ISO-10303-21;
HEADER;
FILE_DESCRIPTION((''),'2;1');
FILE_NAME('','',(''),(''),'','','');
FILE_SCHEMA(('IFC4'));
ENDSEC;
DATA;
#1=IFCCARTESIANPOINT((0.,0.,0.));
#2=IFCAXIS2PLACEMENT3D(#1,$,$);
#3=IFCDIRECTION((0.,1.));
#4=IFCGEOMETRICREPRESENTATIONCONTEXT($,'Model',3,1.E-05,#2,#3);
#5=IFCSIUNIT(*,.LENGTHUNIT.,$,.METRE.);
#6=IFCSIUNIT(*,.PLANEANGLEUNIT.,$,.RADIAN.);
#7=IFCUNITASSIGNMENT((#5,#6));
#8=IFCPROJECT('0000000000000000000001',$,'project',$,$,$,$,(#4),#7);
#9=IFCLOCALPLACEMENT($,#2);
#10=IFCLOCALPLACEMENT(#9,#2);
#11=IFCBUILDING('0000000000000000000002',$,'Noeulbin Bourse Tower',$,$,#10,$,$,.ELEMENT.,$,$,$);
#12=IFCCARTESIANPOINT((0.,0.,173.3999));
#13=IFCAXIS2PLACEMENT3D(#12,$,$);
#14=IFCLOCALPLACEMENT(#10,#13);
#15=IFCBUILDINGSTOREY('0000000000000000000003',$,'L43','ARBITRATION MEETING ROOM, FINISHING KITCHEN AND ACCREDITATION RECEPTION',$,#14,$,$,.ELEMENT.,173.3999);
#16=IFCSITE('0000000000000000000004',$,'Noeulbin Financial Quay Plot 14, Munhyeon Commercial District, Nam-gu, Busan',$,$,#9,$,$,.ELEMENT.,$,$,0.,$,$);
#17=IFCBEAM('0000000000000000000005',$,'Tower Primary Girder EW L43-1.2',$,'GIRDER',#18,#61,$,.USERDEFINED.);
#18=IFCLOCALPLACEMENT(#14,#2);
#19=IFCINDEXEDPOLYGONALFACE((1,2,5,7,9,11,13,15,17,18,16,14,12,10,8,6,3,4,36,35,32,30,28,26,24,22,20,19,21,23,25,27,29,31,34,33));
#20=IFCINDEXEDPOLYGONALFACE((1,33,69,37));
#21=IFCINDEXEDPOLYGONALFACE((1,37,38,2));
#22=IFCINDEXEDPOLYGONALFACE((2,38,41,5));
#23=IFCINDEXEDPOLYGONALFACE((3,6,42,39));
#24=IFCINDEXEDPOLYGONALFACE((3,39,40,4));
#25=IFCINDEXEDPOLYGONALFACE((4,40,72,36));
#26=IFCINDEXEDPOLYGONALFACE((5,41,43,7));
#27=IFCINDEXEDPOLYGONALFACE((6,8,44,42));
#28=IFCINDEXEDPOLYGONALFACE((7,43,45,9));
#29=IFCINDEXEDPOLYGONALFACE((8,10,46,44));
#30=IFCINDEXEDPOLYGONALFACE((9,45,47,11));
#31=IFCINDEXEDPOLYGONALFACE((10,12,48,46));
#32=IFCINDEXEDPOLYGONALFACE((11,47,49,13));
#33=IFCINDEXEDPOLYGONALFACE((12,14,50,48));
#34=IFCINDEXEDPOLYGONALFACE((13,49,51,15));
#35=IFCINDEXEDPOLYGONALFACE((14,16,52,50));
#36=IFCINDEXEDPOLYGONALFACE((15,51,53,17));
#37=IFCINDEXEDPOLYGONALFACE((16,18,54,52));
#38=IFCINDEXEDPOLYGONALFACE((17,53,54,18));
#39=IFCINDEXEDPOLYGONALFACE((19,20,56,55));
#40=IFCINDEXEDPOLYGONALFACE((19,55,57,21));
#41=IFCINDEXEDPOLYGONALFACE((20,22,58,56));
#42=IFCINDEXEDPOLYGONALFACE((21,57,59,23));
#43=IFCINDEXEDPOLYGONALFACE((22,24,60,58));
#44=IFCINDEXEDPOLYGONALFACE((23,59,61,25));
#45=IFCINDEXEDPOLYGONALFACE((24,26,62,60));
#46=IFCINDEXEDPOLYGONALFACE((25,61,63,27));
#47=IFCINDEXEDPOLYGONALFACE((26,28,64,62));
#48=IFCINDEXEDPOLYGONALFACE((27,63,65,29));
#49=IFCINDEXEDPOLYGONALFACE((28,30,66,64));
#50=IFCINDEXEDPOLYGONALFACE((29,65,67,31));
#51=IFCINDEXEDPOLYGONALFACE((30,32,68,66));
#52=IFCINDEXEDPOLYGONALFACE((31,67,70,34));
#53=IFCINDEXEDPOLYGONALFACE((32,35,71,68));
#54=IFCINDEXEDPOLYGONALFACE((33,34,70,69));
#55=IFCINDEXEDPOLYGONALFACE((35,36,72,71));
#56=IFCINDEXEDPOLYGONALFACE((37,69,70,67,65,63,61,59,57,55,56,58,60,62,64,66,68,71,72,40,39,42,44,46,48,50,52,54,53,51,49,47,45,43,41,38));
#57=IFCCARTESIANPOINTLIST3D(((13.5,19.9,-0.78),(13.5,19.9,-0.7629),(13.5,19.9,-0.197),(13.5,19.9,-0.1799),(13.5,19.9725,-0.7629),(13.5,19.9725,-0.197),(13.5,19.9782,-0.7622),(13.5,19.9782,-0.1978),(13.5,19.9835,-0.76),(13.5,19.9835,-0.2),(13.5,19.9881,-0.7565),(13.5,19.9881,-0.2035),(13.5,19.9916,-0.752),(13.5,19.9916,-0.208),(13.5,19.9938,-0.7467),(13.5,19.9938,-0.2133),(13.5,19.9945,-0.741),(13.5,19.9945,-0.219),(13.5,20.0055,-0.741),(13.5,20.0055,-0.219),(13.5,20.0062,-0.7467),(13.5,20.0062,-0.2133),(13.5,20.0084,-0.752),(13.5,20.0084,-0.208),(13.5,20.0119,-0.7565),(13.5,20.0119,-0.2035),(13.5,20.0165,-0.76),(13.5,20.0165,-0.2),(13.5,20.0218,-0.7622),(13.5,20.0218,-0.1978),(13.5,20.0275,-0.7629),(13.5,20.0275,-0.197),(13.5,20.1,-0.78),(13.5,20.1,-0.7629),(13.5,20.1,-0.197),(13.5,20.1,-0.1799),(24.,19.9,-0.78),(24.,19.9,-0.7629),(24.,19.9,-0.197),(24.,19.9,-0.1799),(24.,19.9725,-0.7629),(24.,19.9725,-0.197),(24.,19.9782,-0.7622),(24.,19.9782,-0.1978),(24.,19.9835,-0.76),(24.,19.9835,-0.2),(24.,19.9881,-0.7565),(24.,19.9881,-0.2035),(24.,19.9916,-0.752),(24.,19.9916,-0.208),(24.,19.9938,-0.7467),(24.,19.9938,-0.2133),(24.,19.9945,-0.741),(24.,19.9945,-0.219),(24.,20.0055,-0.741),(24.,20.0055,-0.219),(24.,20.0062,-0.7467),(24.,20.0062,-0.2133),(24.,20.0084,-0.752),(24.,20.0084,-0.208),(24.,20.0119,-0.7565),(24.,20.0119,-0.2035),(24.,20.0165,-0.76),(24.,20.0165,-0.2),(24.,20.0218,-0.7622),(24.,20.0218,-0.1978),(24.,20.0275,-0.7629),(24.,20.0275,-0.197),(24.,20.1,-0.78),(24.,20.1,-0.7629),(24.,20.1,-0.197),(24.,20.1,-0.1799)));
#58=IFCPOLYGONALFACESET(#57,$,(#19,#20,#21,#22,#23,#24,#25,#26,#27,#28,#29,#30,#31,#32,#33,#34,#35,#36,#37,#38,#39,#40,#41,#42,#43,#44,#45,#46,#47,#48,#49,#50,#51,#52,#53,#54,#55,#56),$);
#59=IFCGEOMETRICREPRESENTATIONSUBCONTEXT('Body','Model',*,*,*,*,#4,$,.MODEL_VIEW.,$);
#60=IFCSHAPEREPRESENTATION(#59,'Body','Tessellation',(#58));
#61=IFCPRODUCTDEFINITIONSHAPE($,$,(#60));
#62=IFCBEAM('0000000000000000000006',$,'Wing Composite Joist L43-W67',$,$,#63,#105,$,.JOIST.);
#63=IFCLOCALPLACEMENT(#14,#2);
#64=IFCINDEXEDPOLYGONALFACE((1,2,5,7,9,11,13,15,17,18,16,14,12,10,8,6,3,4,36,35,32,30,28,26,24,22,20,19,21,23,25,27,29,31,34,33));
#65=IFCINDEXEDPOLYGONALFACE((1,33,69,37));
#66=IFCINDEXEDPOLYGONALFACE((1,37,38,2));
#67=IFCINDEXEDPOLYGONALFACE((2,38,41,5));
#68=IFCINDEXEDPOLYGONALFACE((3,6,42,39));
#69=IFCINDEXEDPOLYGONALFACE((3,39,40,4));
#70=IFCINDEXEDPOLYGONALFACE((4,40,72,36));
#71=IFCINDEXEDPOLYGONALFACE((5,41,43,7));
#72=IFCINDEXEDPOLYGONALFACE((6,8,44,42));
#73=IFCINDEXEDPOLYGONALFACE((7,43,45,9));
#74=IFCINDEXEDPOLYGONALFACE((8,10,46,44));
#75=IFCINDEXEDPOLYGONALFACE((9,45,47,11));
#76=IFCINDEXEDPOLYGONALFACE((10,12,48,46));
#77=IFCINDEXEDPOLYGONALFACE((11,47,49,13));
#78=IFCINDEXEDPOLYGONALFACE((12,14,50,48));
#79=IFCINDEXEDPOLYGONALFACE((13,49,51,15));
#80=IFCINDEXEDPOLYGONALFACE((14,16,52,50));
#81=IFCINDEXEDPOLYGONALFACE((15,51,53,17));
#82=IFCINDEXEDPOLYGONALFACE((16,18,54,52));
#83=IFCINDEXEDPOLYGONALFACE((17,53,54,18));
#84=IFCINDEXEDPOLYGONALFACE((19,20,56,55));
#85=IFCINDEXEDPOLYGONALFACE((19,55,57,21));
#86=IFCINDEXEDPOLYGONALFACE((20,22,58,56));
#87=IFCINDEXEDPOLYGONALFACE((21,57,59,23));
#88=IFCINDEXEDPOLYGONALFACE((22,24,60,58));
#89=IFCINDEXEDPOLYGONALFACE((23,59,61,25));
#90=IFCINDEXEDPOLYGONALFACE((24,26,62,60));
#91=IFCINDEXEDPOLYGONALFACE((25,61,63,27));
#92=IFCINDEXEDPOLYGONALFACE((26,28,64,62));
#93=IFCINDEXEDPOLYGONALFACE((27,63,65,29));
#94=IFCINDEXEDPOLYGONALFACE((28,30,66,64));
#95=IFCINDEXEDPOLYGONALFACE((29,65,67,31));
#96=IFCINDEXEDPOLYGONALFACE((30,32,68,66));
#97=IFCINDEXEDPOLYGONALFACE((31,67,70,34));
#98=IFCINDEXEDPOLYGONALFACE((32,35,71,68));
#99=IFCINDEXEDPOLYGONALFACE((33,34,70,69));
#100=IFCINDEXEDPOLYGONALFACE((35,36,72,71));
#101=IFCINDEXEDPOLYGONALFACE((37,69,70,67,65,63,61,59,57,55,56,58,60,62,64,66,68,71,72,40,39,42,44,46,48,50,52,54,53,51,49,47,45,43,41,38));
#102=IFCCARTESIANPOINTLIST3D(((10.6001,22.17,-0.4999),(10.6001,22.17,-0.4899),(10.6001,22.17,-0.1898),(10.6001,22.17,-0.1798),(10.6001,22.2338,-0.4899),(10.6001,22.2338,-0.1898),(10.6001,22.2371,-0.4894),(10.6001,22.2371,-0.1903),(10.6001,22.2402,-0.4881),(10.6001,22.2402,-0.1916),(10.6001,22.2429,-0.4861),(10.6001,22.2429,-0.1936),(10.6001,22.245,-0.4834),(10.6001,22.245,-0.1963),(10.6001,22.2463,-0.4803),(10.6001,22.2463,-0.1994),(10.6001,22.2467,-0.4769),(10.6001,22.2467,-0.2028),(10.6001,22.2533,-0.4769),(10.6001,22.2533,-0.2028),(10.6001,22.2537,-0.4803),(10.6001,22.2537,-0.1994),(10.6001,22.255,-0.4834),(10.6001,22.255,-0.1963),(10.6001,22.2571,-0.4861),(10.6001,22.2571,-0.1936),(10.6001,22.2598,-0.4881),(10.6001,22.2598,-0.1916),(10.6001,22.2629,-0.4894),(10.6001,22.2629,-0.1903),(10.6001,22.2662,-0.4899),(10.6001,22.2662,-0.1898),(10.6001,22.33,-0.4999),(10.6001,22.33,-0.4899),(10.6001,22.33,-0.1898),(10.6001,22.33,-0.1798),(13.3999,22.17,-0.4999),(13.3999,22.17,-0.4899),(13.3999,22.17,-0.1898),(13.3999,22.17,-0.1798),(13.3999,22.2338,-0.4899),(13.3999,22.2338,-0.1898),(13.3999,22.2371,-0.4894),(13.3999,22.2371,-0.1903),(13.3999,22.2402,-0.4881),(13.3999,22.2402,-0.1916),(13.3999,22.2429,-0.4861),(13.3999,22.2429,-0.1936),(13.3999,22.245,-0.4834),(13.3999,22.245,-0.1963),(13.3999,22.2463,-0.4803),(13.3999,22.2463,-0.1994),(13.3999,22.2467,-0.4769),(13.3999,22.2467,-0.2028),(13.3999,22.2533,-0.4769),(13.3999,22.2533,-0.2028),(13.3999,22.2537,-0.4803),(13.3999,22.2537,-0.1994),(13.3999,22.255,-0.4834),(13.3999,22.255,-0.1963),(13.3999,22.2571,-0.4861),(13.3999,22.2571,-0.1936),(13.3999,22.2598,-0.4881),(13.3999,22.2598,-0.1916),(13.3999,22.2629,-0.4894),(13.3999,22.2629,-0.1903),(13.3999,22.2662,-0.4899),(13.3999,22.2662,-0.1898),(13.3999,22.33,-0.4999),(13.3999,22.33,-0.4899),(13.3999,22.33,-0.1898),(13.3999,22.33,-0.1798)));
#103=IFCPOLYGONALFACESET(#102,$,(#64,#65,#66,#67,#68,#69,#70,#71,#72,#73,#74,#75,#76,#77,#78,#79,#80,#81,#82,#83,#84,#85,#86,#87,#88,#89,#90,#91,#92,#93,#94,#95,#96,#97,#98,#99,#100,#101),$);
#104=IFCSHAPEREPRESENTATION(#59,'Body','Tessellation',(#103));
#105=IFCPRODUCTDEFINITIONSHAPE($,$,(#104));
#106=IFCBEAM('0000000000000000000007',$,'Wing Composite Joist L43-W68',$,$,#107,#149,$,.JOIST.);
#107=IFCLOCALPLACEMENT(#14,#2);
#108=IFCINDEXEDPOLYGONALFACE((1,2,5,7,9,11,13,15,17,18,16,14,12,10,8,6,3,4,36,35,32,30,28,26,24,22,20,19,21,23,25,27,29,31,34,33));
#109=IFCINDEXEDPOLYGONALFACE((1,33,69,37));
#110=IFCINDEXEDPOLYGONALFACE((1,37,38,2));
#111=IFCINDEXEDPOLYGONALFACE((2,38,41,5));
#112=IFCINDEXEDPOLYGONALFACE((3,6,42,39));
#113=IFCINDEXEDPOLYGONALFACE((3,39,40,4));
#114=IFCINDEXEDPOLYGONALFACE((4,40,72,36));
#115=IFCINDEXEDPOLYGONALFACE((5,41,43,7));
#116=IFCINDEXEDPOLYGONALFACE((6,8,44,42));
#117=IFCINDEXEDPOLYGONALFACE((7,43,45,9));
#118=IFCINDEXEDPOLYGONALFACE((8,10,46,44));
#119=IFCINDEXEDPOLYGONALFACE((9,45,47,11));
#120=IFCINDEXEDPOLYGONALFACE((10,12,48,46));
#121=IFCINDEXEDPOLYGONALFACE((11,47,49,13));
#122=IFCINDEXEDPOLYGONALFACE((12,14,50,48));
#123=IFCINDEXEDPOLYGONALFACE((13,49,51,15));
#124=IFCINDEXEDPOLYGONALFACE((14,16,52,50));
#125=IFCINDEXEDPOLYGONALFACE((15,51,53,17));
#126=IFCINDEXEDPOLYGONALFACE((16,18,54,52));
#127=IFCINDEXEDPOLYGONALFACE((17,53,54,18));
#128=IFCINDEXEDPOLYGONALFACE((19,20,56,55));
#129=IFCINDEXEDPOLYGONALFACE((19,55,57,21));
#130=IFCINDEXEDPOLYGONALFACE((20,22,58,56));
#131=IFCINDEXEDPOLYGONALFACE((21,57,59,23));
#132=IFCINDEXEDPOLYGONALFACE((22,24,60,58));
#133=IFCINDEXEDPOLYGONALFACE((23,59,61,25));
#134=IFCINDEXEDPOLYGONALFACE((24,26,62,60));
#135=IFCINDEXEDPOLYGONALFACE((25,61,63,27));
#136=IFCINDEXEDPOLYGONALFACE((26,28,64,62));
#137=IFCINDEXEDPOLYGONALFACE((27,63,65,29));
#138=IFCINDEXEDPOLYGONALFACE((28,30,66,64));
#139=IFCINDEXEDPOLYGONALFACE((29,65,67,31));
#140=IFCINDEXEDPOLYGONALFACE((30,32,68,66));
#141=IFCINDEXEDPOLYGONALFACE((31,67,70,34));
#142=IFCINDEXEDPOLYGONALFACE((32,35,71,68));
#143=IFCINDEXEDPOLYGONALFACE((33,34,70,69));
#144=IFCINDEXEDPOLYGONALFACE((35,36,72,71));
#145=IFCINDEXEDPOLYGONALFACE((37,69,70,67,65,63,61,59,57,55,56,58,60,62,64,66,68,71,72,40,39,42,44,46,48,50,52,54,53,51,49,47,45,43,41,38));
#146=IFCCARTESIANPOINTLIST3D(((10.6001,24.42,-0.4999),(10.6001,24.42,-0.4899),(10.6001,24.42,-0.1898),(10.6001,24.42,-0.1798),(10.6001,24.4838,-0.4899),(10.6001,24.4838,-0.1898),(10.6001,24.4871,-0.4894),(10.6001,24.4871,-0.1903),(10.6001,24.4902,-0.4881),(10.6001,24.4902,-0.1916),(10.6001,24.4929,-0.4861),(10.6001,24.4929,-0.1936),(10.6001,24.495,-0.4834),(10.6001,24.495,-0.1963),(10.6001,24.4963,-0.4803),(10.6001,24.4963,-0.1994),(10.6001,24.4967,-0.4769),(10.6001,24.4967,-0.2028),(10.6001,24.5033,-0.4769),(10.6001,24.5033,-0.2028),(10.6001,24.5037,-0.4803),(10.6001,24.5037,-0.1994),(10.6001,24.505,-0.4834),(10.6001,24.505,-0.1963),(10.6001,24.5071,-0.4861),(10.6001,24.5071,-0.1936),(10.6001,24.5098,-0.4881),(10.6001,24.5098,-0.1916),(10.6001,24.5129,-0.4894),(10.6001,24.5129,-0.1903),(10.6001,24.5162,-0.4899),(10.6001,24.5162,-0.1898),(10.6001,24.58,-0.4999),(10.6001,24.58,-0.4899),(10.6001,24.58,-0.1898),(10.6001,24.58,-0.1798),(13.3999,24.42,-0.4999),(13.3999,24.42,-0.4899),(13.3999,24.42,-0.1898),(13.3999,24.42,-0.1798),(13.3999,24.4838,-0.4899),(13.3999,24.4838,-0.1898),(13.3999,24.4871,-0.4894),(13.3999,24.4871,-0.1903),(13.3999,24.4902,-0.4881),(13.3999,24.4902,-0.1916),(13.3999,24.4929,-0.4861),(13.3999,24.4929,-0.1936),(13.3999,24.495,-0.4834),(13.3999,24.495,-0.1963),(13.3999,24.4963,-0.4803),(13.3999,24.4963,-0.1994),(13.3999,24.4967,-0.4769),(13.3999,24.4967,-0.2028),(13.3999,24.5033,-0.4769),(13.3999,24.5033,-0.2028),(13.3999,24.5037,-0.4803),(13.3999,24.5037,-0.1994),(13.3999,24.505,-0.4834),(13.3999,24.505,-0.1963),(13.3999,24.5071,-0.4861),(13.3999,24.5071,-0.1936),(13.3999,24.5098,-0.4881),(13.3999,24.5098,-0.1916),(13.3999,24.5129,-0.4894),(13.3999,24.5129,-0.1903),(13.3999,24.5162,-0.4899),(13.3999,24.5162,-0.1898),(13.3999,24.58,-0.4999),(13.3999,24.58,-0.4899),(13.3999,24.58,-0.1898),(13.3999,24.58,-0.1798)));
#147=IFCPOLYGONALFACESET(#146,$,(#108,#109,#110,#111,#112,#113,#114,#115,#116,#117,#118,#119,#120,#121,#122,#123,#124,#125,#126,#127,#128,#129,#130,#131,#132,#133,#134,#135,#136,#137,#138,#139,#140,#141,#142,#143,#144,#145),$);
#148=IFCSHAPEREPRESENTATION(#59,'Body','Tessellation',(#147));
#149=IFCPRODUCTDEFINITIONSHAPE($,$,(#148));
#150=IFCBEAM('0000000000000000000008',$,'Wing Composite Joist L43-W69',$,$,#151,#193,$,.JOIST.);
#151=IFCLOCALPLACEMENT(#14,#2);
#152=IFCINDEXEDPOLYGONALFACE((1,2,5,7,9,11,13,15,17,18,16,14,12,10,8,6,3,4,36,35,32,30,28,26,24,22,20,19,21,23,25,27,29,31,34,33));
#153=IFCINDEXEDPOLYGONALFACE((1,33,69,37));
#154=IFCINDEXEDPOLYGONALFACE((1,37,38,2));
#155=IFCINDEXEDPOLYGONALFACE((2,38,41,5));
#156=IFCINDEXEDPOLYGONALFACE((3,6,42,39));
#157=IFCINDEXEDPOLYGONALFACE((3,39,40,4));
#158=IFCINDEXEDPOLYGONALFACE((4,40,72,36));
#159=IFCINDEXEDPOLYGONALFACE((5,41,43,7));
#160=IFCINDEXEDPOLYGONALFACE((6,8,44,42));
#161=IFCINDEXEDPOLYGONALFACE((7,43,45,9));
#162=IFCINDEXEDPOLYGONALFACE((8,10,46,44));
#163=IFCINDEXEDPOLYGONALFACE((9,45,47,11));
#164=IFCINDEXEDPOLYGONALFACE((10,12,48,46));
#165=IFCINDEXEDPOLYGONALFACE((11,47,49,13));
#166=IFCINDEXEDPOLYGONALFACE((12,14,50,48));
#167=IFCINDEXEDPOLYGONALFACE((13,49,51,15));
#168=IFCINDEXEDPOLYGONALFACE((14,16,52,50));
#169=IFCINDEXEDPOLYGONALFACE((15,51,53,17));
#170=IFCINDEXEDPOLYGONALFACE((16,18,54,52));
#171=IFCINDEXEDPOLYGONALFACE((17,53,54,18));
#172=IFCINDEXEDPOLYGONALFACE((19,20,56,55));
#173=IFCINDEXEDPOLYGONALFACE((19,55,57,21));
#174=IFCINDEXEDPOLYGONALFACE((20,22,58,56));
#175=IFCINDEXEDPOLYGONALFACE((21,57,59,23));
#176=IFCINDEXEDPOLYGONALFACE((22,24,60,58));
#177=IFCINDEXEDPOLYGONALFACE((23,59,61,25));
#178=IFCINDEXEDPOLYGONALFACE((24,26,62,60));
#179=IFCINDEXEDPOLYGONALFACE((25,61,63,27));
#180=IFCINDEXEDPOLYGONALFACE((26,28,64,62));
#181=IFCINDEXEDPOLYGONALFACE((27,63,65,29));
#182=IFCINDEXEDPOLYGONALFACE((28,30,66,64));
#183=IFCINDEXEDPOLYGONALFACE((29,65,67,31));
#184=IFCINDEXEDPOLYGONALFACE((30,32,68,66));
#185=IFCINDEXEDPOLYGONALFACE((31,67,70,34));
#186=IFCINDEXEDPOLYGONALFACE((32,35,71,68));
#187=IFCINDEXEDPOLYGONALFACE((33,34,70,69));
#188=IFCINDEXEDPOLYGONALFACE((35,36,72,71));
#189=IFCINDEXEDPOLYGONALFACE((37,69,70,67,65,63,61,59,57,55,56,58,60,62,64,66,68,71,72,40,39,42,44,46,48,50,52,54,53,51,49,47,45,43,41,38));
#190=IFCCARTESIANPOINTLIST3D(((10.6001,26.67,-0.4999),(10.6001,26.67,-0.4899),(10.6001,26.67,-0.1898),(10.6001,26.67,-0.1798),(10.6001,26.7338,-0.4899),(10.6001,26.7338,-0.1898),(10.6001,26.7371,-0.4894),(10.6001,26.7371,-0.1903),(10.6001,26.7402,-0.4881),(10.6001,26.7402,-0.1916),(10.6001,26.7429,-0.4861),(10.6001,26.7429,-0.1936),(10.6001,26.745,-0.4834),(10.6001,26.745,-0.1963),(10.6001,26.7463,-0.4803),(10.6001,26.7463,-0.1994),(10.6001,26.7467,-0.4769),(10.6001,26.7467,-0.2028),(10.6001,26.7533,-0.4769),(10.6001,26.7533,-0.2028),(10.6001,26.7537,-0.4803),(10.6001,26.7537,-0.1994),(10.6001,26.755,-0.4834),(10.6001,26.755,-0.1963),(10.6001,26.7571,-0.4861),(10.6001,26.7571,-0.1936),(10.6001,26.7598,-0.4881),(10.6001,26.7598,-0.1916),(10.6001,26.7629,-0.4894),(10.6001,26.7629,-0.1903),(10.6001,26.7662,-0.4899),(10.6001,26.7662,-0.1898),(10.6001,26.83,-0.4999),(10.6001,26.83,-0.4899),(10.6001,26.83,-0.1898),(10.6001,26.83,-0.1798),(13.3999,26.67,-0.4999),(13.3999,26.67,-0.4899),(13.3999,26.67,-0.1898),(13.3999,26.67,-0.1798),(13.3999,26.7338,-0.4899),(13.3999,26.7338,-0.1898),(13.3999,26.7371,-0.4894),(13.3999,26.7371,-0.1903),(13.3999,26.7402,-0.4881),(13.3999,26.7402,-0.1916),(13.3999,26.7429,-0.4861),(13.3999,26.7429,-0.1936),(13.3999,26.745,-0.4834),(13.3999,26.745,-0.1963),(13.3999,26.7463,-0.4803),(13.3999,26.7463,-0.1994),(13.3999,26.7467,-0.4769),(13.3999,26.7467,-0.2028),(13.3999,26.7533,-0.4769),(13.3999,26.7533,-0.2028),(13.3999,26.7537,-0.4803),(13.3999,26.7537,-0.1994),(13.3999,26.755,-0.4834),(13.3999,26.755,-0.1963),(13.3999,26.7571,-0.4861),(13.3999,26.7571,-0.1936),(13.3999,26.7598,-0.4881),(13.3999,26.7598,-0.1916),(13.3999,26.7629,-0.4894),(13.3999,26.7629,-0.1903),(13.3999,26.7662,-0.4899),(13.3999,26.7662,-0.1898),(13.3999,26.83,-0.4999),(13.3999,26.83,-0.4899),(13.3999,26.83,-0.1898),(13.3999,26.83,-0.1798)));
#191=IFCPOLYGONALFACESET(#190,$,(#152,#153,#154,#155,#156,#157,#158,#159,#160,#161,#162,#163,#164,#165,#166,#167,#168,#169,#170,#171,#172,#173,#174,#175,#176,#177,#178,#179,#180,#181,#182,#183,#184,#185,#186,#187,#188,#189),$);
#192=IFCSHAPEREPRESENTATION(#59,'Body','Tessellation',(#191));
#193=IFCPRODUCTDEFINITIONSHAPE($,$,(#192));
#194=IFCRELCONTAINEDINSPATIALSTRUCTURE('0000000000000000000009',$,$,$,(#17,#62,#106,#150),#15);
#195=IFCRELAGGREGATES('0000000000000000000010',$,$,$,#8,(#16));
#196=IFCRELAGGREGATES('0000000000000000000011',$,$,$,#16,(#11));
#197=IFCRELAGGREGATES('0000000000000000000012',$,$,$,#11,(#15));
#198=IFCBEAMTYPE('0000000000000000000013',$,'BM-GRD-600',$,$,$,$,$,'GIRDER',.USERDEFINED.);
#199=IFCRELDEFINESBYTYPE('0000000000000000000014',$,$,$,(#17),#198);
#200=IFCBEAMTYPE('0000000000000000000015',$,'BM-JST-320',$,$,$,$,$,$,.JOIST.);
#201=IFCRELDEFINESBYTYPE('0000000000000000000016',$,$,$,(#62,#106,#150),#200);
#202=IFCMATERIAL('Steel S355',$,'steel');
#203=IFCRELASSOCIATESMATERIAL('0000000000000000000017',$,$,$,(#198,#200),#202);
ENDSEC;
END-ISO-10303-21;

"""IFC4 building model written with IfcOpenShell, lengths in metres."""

from ifc_helpers import new_model, si_unit, direction, frame, origin, origin_2d, place, context, subcontext, project, spatial, i_section, extrude, material, material_profile, profile_set, type_object, element, save


model = new_model("IFC4")

# Units and contexts
model_context = context("Model", 3, precision=1e-05, world=origin(), true_north=direction((0.0, 1.0)))
body_context = subcontext(model_context, "Body", "Model", "MODEL_VIEW")
ifc_project = project(units=[si_unit("LENGTHUNIT", "METRE"), si_unit("PLANEANGLEUNIT", "RADIAN")], contexts=[model_context])

# Site, building, storey
site_placement = place(None, origin())
site = spatial("IfcSite", under=ifc_project, at=site_placement, Name="Noeulbin Financial Quay Plot 14, Munhyeon Commercial District, Nam-gu, Busan", CompositionType="ELEMENT", RefElevation=0.0)
building_placement = place(site_placement, origin())
building = spatial("IfcBuilding", under=site, at=building_placement, Name="Noeulbin Bourse Tower", CompositionType="ELEMENT")
storey_placement = place(building_placement, frame((0.0, 0.0, 173.3999)))
storey = spatial("IfcBuildingStorey", under=building, at=storey_placement, Name="L43", Description="ARBITRATION MEETING ROOM, FINISHING KITCHEN AND ACCREDITATION RECEPTION", CompositionType="ELEMENT", Elevation=173.3999)

# Shared definitions
ifc_material_1 = material(Name="Steel S355", Category="steel")

# Beams
ifc_material_profile_1 = material_profile(ifc_material_1, i_section(OverallWidth=0.2, OverallDepth=0.6001, WebThickness=0.011, FlangeThickness=0.0171, FilletRadius=0.022, at=origin_2d()), Name="H-600x200x11x17", Category="LoadBearing")
ifc_profile_set_1 = profile_set([ifc_material_profile_1], Name="Steel S355")
beam_type_1 = type_object("IfcBeamType", Name="BM-GRD-600", ElementType="GIRDER", PredefinedType="USERDEFINED", material=ifc_profile_set_1)
beam_1_placement = place(storey_placement, frame((13.5, 20.0, -0.48), z_axis=(1.0, 0.0, 0.0), x_axis=(0.0, 1.0, 0.0)))
element("IfcBeam", 1, at=beam_1_placement, inside=storey, type_object=beam_type_1, Name="Tower Primary Girder EW L43-1.2", ObjectType="GIRDER", PredefinedType="USERDEFINED", context=body_context, shape_type="SweptSolid", body=[
    extrude(i_section(OverallWidth=0.2, OverallDepth=0.6001, WebThickness=0.011, FlangeThickness=0.0171, FilletRadius=0.022, at=origin_2d()), origin(), (0.0, 0.0, 1.0), 10.5),
])
ifc_material_profile_2 = material_profile(ifc_material_1, i_section(OverallWidth=0.1599, OverallDepth=0.3201, WebThickness=0.0066, FlangeThickness=0.01, FilletRadius=0.0129, at=origin_2d()), Name="H-320x160x6.5x10", Category="LoadBearing")
ifc_profile_set_2 = profile_set([ifc_material_profile_2], Name="Steel S355")
beam_type_2 = type_object("IfcBeamType", Name="BM-JST-320", PredefinedType="JOIST", material=ifc_profile_set_2)
for number, where, z_axis, x_axis, name in (
    (2, (10.6001, 22.25, -0.3398), (1.0, 0.0, 0.0), (0.0, 1.0, 0.0), "Wing Composite Joist L43-W67"),
    (3, (10.6001, 24.5, -0.3398), (1.0, 0.0, 0.0), (0.0, 1.0, 0.0), "Wing Composite Joist L43-W68"),
    (4, (10.6001, 26.75, -0.3398), (1.0, 0.0, 0.0), (0.0, 1.0, 0.0), "Wing Composite Joist L43-W69"),
):
    element("IfcBeam", number, at=place(storey_placement, frame(where, z_axis=z_axis, x_axis=x_axis)), inside=storey, type_object=beam_type_2, Name=name, PredefinedType="JOIST", context=body_context, shape_type="SweptSolid", body=[
        extrude(i_section(OverallWidth=0.1599, OverallDepth=0.3201, WebThickness=0.0066, FlangeThickness=0.01, FilletRadius=0.0129, at=origin_2d()), origin(), (0.0, 0.0, 1.0), 2.7998),
    ])

save(model, "model.ifc")
